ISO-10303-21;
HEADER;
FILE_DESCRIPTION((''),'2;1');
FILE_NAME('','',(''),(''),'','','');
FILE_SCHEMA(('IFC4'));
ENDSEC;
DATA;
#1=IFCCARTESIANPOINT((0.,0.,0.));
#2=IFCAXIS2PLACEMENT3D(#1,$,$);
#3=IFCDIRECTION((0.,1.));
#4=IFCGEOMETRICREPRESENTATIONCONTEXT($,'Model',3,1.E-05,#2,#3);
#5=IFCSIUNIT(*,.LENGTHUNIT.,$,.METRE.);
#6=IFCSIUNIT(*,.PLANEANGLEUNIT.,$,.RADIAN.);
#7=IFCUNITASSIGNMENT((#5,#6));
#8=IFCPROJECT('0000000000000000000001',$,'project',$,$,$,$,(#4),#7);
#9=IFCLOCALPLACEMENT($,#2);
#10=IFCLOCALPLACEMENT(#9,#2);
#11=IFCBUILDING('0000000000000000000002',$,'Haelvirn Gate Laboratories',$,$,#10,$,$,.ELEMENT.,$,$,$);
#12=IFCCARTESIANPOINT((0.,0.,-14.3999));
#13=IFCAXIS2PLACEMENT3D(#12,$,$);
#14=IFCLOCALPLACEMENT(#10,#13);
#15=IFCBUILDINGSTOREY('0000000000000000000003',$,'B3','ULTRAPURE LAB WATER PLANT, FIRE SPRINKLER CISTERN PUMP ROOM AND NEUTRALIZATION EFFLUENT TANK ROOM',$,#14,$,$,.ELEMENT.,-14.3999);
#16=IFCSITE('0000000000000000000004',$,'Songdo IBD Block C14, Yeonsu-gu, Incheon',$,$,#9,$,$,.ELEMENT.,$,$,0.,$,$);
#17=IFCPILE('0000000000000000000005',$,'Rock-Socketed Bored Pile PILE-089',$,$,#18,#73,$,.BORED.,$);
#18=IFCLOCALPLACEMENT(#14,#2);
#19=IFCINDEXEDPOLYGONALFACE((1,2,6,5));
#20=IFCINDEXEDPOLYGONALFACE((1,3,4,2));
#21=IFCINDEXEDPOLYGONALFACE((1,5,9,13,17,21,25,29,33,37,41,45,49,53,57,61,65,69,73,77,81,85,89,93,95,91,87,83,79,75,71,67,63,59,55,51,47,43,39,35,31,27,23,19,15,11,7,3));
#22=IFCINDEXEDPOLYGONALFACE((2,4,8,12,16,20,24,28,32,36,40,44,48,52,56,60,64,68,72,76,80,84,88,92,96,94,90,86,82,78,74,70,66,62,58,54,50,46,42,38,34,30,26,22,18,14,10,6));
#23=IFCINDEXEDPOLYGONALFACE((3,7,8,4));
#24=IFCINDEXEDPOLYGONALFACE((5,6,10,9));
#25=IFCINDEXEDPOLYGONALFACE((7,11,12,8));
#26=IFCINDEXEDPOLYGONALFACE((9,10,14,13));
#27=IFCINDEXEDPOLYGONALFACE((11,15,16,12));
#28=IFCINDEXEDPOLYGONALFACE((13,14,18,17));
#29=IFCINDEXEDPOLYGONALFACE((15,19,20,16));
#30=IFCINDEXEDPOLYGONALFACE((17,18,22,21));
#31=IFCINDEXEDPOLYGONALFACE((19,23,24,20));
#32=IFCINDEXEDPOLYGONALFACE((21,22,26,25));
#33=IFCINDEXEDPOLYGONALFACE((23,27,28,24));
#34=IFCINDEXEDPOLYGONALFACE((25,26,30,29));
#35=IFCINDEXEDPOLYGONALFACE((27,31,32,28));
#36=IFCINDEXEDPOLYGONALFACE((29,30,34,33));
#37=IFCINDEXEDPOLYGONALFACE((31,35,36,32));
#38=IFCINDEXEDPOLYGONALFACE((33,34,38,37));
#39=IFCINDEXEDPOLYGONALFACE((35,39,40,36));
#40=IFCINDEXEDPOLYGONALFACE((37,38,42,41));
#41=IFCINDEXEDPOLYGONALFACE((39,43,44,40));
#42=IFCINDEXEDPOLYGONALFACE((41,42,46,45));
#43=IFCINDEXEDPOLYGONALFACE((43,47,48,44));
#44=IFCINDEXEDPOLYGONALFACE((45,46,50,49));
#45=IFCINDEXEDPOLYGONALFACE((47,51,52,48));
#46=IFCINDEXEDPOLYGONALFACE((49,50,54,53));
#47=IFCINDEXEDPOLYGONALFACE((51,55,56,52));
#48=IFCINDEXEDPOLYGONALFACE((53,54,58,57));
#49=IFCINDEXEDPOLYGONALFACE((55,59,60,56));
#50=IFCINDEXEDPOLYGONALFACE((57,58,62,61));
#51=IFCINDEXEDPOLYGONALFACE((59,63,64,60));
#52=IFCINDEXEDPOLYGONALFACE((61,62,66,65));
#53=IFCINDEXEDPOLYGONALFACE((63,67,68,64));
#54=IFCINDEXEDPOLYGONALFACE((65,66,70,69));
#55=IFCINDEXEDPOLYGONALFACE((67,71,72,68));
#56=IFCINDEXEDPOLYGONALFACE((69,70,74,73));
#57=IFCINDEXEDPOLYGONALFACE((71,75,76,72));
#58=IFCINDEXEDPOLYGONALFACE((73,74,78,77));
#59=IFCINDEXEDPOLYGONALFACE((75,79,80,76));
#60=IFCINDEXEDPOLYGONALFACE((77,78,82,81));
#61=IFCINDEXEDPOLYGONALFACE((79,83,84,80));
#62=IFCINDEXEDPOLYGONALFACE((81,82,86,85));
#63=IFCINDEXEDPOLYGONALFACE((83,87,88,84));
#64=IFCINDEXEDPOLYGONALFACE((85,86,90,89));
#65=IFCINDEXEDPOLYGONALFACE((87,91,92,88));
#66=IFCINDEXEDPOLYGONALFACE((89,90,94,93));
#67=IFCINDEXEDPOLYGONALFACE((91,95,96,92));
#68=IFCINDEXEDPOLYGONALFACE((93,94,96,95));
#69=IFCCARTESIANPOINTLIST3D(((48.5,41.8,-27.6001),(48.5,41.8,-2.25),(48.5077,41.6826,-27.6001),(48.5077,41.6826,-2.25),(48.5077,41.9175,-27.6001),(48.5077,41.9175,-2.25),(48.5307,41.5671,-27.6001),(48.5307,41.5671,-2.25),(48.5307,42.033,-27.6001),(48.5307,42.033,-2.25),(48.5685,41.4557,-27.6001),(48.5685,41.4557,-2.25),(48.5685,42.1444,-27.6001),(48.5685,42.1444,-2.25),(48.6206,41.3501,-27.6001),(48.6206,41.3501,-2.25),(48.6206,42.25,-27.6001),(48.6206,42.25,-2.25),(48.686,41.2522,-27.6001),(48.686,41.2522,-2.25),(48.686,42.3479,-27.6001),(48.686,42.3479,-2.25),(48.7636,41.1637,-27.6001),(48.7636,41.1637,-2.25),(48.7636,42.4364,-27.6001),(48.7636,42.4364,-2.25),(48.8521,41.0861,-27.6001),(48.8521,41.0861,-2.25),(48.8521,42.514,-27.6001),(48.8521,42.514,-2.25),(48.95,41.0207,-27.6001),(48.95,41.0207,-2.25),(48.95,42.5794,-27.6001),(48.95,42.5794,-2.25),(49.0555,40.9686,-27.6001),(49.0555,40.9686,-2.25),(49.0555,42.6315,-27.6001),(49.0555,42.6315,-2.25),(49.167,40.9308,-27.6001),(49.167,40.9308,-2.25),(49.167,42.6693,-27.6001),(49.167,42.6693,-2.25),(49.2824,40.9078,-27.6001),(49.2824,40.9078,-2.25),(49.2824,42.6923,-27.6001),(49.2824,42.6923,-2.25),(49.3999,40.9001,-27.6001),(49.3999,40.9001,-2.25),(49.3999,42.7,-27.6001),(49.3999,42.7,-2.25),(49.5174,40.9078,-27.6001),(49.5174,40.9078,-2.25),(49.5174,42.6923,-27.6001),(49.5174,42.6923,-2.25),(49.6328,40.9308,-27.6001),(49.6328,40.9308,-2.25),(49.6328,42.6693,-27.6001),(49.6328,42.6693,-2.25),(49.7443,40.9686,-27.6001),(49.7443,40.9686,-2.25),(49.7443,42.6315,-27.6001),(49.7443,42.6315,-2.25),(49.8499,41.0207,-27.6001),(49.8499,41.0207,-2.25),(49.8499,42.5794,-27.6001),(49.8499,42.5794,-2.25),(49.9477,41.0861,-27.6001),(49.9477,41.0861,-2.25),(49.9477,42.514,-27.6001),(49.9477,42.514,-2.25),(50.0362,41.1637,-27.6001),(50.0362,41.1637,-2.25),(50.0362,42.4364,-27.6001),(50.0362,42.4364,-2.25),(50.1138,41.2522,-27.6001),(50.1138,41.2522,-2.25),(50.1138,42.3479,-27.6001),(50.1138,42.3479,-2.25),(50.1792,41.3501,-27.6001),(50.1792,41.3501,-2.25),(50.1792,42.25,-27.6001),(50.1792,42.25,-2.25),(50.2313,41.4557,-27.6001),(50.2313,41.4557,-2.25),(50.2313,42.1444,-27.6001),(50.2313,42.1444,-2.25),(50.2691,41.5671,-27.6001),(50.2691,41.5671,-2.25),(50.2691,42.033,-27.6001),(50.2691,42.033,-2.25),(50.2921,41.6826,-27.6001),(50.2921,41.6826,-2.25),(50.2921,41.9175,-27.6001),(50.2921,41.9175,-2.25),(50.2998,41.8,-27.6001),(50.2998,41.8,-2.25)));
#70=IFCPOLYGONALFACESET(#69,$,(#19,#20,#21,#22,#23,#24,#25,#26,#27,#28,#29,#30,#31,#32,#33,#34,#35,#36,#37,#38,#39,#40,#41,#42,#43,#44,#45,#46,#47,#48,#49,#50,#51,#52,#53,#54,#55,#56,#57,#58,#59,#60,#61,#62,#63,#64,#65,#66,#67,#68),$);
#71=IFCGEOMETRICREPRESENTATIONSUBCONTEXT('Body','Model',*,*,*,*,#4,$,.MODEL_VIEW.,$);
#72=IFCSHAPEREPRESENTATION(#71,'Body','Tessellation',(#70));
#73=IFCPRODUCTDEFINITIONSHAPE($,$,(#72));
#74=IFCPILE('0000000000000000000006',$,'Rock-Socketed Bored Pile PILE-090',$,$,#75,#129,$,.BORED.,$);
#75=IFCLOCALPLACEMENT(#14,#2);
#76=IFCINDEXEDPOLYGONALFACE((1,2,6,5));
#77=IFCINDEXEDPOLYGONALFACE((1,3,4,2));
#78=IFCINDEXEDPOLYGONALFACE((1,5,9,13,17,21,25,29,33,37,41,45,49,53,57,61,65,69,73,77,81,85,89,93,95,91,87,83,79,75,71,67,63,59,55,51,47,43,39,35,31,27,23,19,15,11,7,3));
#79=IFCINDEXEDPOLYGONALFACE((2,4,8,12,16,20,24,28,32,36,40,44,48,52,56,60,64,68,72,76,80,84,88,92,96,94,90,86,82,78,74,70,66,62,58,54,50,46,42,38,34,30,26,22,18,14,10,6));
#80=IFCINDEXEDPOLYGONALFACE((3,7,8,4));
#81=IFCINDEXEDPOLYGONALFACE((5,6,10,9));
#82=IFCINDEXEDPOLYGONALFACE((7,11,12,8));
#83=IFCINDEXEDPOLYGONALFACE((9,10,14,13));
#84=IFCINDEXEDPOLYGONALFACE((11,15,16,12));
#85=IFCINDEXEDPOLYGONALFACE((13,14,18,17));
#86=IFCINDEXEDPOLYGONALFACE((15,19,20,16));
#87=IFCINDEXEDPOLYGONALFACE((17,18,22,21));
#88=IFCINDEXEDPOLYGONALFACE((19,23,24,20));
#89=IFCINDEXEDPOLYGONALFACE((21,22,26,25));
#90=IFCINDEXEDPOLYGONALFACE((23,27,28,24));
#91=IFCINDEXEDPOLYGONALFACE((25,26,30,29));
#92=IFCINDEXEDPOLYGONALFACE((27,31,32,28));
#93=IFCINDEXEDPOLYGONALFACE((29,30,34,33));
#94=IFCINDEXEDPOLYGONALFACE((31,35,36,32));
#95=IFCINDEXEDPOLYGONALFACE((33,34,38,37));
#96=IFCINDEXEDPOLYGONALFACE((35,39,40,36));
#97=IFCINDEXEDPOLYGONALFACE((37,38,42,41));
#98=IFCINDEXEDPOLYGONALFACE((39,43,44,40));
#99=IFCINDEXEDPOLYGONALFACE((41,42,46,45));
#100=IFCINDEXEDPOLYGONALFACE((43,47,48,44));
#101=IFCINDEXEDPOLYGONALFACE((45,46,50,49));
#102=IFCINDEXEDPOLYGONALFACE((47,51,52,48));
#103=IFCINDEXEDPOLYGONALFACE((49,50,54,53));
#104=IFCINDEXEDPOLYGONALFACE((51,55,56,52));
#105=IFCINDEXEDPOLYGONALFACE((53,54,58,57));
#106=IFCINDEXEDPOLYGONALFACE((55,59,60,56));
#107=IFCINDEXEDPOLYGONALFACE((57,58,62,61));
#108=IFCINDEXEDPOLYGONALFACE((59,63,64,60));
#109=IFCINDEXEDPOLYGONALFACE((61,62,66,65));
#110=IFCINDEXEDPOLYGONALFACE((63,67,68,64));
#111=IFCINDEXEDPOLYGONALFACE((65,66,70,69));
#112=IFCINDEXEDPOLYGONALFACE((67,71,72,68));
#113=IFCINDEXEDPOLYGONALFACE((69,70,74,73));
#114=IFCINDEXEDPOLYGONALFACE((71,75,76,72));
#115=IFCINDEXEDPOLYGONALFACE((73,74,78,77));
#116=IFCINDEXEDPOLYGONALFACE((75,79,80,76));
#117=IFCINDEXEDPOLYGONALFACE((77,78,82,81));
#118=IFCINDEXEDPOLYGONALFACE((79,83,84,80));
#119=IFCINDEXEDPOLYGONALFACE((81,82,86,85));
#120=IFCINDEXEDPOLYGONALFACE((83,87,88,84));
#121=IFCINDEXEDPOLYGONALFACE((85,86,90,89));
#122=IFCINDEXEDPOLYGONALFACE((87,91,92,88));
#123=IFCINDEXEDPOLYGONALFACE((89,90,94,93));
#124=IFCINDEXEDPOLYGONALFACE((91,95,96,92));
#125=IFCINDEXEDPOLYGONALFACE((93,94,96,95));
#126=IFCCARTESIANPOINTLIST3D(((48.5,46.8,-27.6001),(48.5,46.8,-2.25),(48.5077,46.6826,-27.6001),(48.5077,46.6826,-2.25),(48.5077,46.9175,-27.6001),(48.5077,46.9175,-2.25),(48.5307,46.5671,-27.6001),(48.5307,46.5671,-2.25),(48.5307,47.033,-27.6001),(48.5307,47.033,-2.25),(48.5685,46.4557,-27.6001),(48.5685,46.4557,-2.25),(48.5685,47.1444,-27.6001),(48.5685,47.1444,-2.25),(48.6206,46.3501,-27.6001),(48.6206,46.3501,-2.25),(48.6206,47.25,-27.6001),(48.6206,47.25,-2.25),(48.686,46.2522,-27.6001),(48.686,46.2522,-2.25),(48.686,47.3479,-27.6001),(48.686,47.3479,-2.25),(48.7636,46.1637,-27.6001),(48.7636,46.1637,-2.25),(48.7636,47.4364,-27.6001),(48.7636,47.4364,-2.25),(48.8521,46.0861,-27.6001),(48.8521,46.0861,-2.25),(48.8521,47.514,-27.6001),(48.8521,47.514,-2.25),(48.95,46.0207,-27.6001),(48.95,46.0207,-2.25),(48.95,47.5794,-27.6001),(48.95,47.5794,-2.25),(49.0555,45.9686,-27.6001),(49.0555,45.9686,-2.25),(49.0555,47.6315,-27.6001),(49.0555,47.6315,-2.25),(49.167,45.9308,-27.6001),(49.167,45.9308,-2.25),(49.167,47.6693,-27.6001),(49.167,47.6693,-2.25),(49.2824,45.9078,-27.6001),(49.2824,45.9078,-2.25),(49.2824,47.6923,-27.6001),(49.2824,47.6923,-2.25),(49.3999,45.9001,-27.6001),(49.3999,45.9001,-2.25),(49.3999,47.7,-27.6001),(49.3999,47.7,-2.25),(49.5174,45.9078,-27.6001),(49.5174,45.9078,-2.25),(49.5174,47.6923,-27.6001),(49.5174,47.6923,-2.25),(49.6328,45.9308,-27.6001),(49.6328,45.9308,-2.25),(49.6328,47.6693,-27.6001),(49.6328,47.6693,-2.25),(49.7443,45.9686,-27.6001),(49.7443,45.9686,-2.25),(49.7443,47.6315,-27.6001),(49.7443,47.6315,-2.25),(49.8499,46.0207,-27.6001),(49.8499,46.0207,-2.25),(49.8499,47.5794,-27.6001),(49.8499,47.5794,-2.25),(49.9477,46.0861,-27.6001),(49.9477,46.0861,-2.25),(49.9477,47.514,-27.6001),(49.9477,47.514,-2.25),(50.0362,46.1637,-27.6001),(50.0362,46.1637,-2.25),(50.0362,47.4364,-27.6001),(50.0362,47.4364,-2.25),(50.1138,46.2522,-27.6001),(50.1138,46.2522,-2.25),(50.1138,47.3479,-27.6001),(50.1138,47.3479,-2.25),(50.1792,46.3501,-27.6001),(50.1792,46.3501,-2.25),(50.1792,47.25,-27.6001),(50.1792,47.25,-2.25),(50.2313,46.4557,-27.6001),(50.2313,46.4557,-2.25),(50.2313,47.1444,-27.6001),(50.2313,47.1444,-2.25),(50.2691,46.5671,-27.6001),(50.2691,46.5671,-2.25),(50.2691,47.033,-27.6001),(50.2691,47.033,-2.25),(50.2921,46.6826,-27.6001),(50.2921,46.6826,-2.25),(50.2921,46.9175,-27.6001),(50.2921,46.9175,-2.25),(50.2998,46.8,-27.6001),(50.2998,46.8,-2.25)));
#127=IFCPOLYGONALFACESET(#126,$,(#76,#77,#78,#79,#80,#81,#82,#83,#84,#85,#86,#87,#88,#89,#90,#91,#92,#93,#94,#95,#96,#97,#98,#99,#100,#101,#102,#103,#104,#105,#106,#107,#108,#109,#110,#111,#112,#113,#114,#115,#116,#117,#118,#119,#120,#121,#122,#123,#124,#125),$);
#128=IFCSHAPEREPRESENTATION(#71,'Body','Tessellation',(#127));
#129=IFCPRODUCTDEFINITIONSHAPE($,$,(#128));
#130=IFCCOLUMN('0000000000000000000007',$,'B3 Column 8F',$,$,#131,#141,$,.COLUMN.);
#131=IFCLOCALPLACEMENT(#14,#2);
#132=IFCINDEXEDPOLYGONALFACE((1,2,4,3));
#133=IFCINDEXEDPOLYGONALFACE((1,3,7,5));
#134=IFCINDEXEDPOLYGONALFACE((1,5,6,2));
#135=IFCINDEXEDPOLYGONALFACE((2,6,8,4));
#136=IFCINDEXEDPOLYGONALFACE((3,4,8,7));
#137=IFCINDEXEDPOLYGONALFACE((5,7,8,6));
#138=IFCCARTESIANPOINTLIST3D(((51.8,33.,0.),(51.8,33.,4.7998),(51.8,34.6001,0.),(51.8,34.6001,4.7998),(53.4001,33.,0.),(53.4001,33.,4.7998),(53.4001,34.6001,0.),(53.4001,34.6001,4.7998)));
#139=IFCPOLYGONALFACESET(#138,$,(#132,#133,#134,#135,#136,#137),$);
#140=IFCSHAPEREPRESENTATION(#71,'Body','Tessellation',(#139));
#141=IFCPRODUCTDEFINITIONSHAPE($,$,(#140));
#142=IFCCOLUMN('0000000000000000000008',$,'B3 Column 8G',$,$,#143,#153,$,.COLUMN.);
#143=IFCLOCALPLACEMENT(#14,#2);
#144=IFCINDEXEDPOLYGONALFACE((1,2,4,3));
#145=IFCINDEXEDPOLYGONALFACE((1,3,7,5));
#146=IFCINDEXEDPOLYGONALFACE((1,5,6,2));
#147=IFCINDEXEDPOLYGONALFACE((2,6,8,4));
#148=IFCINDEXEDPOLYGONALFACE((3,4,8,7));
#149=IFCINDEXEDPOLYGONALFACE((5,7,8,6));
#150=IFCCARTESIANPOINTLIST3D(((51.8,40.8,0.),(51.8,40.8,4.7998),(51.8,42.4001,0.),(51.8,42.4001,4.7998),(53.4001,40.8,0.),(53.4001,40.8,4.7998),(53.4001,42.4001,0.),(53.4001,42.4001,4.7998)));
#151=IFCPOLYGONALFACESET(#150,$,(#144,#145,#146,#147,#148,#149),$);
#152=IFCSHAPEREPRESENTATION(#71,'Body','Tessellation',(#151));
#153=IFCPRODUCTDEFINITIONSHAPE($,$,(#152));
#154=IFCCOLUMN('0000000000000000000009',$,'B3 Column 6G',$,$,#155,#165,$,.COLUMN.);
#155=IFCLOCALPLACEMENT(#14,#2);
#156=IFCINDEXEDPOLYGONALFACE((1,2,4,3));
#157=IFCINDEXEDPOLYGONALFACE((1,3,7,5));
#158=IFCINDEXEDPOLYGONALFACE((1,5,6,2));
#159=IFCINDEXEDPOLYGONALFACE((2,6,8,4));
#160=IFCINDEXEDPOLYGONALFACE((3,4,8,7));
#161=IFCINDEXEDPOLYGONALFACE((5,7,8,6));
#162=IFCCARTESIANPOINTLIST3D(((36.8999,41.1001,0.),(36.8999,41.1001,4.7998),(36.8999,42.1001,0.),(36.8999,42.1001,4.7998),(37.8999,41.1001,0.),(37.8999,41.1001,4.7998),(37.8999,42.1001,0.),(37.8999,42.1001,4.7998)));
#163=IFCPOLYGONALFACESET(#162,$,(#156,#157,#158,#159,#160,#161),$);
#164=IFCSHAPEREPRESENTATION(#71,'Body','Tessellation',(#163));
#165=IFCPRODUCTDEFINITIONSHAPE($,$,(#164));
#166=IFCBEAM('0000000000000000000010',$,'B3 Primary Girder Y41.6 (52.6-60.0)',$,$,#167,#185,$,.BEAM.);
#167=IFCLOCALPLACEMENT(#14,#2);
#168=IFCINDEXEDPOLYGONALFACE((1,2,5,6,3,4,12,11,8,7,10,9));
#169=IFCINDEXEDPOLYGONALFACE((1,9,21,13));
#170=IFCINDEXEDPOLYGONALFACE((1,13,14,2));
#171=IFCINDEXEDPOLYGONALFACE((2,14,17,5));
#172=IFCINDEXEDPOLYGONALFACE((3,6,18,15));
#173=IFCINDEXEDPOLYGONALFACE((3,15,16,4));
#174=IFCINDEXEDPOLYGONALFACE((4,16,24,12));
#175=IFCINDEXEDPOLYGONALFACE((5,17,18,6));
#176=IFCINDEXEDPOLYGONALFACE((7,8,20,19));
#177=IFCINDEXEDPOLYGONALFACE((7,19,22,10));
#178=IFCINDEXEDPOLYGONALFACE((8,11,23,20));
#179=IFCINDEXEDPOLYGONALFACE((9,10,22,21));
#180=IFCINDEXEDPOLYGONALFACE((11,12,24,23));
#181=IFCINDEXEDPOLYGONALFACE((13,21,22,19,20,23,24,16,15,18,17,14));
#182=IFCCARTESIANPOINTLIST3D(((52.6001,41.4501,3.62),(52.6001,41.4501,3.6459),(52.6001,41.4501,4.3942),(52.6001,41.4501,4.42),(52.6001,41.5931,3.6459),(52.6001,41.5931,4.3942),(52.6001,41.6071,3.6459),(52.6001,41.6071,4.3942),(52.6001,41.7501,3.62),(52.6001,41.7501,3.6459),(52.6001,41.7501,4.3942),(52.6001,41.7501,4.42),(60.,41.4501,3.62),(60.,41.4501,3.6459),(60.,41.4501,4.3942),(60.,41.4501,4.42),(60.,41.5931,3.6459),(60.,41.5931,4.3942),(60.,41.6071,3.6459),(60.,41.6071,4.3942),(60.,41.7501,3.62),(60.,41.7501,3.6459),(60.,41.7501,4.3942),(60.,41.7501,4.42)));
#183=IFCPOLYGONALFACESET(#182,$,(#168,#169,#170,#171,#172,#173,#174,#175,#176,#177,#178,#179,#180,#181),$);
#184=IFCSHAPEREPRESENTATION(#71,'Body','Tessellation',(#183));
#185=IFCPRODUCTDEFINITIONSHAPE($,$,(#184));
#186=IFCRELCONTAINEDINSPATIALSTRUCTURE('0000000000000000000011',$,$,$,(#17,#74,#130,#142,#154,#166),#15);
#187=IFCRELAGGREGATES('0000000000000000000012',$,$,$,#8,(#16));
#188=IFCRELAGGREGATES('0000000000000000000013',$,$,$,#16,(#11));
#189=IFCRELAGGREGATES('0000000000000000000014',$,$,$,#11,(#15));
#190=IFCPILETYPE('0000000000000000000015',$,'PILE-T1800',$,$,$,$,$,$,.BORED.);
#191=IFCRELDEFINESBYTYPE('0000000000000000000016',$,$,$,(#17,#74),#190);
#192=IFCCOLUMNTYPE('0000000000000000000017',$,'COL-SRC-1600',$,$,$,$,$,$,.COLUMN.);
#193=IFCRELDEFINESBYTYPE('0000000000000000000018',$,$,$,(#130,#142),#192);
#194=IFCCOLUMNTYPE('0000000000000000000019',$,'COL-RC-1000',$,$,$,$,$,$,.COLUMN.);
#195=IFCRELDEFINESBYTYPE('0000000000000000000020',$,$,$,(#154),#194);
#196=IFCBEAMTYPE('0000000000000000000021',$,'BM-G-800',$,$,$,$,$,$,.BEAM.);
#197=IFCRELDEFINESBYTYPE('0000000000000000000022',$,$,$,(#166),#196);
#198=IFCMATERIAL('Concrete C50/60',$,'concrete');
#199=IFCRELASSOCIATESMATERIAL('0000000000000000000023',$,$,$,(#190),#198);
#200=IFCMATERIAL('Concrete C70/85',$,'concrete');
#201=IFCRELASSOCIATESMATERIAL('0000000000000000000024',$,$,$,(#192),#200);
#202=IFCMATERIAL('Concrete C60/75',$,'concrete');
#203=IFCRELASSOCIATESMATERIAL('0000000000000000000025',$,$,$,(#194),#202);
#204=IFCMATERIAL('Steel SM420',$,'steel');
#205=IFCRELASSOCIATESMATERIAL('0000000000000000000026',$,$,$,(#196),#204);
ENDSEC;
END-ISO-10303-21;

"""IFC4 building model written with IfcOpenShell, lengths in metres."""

from ifc_helpers import new_model, si_unit, direction, frame, origin, origin_2d, place, context, subcontext, project, spatial, rectangle, circle, i_section, extrude, source, transform, mapped, material, material_profile, profile_set, type_object, type_shapes, element, save


model = new_model("IFC4")

# Units and contexts
model_context = context("Model", 3, precision=1e-05, world=origin(), true_north=direction((0.0, 1.0)))
body_context = subcontext(model_context, "Body", "Model", "MODEL_VIEW")
ifc_project = project(units=[si_unit("LENGTHUNIT", "METRE"), si_unit("PLANEANGLEUNIT", "RADIAN")], contexts=[model_context])

# Site, building, storey
site_placement = place(None, origin())
site = spatial("IfcSite", under=ifc_project, at=site_placement, Name="Songdo IBD Block C14, Yeonsu-gu, Incheon", CompositionType="ELEMENT", RefElevation=0.0)
building_placement = place(site_placement, origin())
building = spatial("IfcBuilding", under=site, at=building_placement, Name="Haelvirn Gate Laboratories", CompositionType="ELEMENT")
storey_placement = place(building_placement, frame((0.0, 0.0, -14.3999)))
storey = spatial("IfcBuildingStorey", under=building, at=storey_placement, Name="B3", Description="ULTRAPURE LAB WATER PLANT, FIRE SPRINKLER CISTERN PUMP ROOM AND NEUTRALIZATION EFFLUENT TANK ROOM", CompositionType="ELEMENT", Elevation=-14.3999)

# Piles
ifc_material_1 = material(Name="Concrete C50/60", Category="concrete")
ifc_material_profile_1 = material_profile(ifc_material_1, circle(Radius=0.8999, at=origin_2d()), Name="PILE-D1800")
ifc_profile_set_1 = profile_set([ifc_material_profile_1], Name="Concrete C50/60")
pile_type = type_object("IfcPileType", Name="PILE-T1800", PredefinedType="BORED", material=ifc_profile_set_1)
shared_shape_1 = source(origin(), body_context, "Body", "SweptSolid", [
    extrude(circle(Radius=0.8999, at=origin_2d()), origin(), (0.0, 0.0, 1.0), 25.3501),
])
for number, where, z_axis, x_axis, name in (
    (1, (49.3999, 41.8, -2.25), (0.0, 0.0, -1.0), (1.0, 0.0, 0.0), "Rock-Socketed Bored Pile PILE-089"),
    (2, (49.3999, 46.8, -2.25), (0.0, 0.0, -1.0), (1.0, 0.0, 0.0), "Rock-Socketed Bored Pile PILE-090"),
):
    element("IfcPile", number, at=place(storey_placement, frame(where, z_axis=z_axis, x_axis=x_axis)), inside=storey, type_object=pile_type, Name=name, PredefinedType="BORED", context=body_context, shape_type="MappedRepresentation", body=[
        mapped(shared_shape_1, transform((0.0, 0.0, 0.0), scale=1.0)),
    ])

# Columns
ifc_material_2 = material(Name="Concrete C70/85", Category="concrete")
ifc_material_profile_2 = material_profile(ifc_material_2, rectangle(XDim=1.6001, YDim=1.6001, at=origin_2d()), Name="SRC-1600x1600")
ifc_profile_set_2 = profile_set([ifc_material_profile_2], Name="Concrete C70/85")
column_type_1 = type_object("IfcColumnType", Name="COL-SRC-1600", PredefinedType="COLUMN", material=ifc_profile_set_2)
shared_shape_2 = source(origin(), body_context, "Body", "SweptSolid", [
    extrude(rectangle(XDim=1.6001, YDim=1.6001, at=origin_2d()), origin(), (0.0, 0.0, 1.0), 4.7998),
])
type_shapes(column_type_1, [shared_shape_2])
for number, where, z_axis, x_axis, name in (
    (3, (52.6001, 33.8, 0.0), (0.0, 0.0, 1.0), (1.0, 0.0, 0.0), "B3 Column 8F"),
    (4, (52.6001, 41.6001, 0.0), (0.0, 0.0, 1.0), (1.0, 0.0, 0.0), "B3 Column 8G"),
):
    element("IfcColumn", number, at=place(storey_placement, frame(where, z_axis=z_axis, x_axis=x_axis)), inside=storey, type_object=column_type_1, Name=name, PredefinedType="COLUMN", context=body_context, shape_type="MappedRepresentation", body=[
        mapped(shared_shape_2, transform((0.0, 0.0, 0.0), scale=1.0)),
    ])
ifc_material_3 = material(Name="Concrete C60/75", Category="concrete")
ifc_material_profile_3 = material_profile(ifc_material_3, rectangle(XDim=1.0, YDim=1.0, at=origin_2d()), Name="RC-1000x1000")
ifc_profile_set_3 = profile_set([ifc_material_profile_3], Name="Concrete C60/75")
column_type_2 = type_object("IfcColumnType", Name="COL-RC-1000", PredefinedType="COLUMN", material=ifc_profile_set_3)
shared_shape_3 = source(origin(), body_context, "Body", "SweptSolid", [
    extrude(rectangle(XDim=1.0, YDim=1.0, at=origin_2d()), origin(), (0.0, 0.0, 1.0), 4.7998),
])
type_shapes(column_type_2, [shared_shape_3])
column_placement = place(storey_placement, frame((37.3999, 41.6001, 0.0), z_axis=(0.0, 0.0, 1.0), x_axis=(1.0, 0.0, 0.0)))
element("IfcColumn", 5, at=column_placement, inside=storey, type_object=column_type_2, Name="B3 Column 6G", PredefinedType="COLUMN", context=body_context, shape_type="MappedRepresentation", body=[
    mapped(shared_shape_3, transform((0.0, 0.0, 0.0), scale=1.0)),
])

# Beam
ifc_material_4 = material(Name="Steel SM420", Category="steel")
ifc_material_profile_4 = material_profile(ifc_material_4, i_section(OverallWidth=0.3, OverallDepth=0.8, WebThickness=0.0139, FlangeThickness=0.0259, at=origin_2d()), Name="H-800x300x14x26")
ifc_profile_set_4 = profile_set([ifc_material_profile_4], Name="Steel SM420")
beam_type_1 = type_object("IfcBeamType", Name="BM-G-800", PredefinedType="BEAM", material=ifc_profile_set_4)
shared_shape_4 = source(origin(), body_context, "Body", "SweptSolid", [
    extrude(i_section(OverallWidth=0.3, OverallDepth=0.8, WebThickness=0.0139, FlangeThickness=0.0259, at=origin_2d()), origin(), (0.0, 0.0, 1.0), 7.3999),
])
beam_1_placement = place(storey_placement, frame((52.6001, 41.6001, 4.02), z_axis=(1.0, 0.0, 0.0), x_axis=(0.0, 1.0, 0.0)))
element("IfcBeam", 6, at=beam_1_placement, inside=storey, type_object=beam_type_1, Name="B3 Primary Girder Y41.6 (52.6-60.0)", PredefinedType="BEAM", context=body_context, shape_type="MappedRepresentation", body=[
    mapped(shared_shape_4, transform((0.0, 0.0, 0.0), scale=1.0)),
])

save(model, "model.ifc")
